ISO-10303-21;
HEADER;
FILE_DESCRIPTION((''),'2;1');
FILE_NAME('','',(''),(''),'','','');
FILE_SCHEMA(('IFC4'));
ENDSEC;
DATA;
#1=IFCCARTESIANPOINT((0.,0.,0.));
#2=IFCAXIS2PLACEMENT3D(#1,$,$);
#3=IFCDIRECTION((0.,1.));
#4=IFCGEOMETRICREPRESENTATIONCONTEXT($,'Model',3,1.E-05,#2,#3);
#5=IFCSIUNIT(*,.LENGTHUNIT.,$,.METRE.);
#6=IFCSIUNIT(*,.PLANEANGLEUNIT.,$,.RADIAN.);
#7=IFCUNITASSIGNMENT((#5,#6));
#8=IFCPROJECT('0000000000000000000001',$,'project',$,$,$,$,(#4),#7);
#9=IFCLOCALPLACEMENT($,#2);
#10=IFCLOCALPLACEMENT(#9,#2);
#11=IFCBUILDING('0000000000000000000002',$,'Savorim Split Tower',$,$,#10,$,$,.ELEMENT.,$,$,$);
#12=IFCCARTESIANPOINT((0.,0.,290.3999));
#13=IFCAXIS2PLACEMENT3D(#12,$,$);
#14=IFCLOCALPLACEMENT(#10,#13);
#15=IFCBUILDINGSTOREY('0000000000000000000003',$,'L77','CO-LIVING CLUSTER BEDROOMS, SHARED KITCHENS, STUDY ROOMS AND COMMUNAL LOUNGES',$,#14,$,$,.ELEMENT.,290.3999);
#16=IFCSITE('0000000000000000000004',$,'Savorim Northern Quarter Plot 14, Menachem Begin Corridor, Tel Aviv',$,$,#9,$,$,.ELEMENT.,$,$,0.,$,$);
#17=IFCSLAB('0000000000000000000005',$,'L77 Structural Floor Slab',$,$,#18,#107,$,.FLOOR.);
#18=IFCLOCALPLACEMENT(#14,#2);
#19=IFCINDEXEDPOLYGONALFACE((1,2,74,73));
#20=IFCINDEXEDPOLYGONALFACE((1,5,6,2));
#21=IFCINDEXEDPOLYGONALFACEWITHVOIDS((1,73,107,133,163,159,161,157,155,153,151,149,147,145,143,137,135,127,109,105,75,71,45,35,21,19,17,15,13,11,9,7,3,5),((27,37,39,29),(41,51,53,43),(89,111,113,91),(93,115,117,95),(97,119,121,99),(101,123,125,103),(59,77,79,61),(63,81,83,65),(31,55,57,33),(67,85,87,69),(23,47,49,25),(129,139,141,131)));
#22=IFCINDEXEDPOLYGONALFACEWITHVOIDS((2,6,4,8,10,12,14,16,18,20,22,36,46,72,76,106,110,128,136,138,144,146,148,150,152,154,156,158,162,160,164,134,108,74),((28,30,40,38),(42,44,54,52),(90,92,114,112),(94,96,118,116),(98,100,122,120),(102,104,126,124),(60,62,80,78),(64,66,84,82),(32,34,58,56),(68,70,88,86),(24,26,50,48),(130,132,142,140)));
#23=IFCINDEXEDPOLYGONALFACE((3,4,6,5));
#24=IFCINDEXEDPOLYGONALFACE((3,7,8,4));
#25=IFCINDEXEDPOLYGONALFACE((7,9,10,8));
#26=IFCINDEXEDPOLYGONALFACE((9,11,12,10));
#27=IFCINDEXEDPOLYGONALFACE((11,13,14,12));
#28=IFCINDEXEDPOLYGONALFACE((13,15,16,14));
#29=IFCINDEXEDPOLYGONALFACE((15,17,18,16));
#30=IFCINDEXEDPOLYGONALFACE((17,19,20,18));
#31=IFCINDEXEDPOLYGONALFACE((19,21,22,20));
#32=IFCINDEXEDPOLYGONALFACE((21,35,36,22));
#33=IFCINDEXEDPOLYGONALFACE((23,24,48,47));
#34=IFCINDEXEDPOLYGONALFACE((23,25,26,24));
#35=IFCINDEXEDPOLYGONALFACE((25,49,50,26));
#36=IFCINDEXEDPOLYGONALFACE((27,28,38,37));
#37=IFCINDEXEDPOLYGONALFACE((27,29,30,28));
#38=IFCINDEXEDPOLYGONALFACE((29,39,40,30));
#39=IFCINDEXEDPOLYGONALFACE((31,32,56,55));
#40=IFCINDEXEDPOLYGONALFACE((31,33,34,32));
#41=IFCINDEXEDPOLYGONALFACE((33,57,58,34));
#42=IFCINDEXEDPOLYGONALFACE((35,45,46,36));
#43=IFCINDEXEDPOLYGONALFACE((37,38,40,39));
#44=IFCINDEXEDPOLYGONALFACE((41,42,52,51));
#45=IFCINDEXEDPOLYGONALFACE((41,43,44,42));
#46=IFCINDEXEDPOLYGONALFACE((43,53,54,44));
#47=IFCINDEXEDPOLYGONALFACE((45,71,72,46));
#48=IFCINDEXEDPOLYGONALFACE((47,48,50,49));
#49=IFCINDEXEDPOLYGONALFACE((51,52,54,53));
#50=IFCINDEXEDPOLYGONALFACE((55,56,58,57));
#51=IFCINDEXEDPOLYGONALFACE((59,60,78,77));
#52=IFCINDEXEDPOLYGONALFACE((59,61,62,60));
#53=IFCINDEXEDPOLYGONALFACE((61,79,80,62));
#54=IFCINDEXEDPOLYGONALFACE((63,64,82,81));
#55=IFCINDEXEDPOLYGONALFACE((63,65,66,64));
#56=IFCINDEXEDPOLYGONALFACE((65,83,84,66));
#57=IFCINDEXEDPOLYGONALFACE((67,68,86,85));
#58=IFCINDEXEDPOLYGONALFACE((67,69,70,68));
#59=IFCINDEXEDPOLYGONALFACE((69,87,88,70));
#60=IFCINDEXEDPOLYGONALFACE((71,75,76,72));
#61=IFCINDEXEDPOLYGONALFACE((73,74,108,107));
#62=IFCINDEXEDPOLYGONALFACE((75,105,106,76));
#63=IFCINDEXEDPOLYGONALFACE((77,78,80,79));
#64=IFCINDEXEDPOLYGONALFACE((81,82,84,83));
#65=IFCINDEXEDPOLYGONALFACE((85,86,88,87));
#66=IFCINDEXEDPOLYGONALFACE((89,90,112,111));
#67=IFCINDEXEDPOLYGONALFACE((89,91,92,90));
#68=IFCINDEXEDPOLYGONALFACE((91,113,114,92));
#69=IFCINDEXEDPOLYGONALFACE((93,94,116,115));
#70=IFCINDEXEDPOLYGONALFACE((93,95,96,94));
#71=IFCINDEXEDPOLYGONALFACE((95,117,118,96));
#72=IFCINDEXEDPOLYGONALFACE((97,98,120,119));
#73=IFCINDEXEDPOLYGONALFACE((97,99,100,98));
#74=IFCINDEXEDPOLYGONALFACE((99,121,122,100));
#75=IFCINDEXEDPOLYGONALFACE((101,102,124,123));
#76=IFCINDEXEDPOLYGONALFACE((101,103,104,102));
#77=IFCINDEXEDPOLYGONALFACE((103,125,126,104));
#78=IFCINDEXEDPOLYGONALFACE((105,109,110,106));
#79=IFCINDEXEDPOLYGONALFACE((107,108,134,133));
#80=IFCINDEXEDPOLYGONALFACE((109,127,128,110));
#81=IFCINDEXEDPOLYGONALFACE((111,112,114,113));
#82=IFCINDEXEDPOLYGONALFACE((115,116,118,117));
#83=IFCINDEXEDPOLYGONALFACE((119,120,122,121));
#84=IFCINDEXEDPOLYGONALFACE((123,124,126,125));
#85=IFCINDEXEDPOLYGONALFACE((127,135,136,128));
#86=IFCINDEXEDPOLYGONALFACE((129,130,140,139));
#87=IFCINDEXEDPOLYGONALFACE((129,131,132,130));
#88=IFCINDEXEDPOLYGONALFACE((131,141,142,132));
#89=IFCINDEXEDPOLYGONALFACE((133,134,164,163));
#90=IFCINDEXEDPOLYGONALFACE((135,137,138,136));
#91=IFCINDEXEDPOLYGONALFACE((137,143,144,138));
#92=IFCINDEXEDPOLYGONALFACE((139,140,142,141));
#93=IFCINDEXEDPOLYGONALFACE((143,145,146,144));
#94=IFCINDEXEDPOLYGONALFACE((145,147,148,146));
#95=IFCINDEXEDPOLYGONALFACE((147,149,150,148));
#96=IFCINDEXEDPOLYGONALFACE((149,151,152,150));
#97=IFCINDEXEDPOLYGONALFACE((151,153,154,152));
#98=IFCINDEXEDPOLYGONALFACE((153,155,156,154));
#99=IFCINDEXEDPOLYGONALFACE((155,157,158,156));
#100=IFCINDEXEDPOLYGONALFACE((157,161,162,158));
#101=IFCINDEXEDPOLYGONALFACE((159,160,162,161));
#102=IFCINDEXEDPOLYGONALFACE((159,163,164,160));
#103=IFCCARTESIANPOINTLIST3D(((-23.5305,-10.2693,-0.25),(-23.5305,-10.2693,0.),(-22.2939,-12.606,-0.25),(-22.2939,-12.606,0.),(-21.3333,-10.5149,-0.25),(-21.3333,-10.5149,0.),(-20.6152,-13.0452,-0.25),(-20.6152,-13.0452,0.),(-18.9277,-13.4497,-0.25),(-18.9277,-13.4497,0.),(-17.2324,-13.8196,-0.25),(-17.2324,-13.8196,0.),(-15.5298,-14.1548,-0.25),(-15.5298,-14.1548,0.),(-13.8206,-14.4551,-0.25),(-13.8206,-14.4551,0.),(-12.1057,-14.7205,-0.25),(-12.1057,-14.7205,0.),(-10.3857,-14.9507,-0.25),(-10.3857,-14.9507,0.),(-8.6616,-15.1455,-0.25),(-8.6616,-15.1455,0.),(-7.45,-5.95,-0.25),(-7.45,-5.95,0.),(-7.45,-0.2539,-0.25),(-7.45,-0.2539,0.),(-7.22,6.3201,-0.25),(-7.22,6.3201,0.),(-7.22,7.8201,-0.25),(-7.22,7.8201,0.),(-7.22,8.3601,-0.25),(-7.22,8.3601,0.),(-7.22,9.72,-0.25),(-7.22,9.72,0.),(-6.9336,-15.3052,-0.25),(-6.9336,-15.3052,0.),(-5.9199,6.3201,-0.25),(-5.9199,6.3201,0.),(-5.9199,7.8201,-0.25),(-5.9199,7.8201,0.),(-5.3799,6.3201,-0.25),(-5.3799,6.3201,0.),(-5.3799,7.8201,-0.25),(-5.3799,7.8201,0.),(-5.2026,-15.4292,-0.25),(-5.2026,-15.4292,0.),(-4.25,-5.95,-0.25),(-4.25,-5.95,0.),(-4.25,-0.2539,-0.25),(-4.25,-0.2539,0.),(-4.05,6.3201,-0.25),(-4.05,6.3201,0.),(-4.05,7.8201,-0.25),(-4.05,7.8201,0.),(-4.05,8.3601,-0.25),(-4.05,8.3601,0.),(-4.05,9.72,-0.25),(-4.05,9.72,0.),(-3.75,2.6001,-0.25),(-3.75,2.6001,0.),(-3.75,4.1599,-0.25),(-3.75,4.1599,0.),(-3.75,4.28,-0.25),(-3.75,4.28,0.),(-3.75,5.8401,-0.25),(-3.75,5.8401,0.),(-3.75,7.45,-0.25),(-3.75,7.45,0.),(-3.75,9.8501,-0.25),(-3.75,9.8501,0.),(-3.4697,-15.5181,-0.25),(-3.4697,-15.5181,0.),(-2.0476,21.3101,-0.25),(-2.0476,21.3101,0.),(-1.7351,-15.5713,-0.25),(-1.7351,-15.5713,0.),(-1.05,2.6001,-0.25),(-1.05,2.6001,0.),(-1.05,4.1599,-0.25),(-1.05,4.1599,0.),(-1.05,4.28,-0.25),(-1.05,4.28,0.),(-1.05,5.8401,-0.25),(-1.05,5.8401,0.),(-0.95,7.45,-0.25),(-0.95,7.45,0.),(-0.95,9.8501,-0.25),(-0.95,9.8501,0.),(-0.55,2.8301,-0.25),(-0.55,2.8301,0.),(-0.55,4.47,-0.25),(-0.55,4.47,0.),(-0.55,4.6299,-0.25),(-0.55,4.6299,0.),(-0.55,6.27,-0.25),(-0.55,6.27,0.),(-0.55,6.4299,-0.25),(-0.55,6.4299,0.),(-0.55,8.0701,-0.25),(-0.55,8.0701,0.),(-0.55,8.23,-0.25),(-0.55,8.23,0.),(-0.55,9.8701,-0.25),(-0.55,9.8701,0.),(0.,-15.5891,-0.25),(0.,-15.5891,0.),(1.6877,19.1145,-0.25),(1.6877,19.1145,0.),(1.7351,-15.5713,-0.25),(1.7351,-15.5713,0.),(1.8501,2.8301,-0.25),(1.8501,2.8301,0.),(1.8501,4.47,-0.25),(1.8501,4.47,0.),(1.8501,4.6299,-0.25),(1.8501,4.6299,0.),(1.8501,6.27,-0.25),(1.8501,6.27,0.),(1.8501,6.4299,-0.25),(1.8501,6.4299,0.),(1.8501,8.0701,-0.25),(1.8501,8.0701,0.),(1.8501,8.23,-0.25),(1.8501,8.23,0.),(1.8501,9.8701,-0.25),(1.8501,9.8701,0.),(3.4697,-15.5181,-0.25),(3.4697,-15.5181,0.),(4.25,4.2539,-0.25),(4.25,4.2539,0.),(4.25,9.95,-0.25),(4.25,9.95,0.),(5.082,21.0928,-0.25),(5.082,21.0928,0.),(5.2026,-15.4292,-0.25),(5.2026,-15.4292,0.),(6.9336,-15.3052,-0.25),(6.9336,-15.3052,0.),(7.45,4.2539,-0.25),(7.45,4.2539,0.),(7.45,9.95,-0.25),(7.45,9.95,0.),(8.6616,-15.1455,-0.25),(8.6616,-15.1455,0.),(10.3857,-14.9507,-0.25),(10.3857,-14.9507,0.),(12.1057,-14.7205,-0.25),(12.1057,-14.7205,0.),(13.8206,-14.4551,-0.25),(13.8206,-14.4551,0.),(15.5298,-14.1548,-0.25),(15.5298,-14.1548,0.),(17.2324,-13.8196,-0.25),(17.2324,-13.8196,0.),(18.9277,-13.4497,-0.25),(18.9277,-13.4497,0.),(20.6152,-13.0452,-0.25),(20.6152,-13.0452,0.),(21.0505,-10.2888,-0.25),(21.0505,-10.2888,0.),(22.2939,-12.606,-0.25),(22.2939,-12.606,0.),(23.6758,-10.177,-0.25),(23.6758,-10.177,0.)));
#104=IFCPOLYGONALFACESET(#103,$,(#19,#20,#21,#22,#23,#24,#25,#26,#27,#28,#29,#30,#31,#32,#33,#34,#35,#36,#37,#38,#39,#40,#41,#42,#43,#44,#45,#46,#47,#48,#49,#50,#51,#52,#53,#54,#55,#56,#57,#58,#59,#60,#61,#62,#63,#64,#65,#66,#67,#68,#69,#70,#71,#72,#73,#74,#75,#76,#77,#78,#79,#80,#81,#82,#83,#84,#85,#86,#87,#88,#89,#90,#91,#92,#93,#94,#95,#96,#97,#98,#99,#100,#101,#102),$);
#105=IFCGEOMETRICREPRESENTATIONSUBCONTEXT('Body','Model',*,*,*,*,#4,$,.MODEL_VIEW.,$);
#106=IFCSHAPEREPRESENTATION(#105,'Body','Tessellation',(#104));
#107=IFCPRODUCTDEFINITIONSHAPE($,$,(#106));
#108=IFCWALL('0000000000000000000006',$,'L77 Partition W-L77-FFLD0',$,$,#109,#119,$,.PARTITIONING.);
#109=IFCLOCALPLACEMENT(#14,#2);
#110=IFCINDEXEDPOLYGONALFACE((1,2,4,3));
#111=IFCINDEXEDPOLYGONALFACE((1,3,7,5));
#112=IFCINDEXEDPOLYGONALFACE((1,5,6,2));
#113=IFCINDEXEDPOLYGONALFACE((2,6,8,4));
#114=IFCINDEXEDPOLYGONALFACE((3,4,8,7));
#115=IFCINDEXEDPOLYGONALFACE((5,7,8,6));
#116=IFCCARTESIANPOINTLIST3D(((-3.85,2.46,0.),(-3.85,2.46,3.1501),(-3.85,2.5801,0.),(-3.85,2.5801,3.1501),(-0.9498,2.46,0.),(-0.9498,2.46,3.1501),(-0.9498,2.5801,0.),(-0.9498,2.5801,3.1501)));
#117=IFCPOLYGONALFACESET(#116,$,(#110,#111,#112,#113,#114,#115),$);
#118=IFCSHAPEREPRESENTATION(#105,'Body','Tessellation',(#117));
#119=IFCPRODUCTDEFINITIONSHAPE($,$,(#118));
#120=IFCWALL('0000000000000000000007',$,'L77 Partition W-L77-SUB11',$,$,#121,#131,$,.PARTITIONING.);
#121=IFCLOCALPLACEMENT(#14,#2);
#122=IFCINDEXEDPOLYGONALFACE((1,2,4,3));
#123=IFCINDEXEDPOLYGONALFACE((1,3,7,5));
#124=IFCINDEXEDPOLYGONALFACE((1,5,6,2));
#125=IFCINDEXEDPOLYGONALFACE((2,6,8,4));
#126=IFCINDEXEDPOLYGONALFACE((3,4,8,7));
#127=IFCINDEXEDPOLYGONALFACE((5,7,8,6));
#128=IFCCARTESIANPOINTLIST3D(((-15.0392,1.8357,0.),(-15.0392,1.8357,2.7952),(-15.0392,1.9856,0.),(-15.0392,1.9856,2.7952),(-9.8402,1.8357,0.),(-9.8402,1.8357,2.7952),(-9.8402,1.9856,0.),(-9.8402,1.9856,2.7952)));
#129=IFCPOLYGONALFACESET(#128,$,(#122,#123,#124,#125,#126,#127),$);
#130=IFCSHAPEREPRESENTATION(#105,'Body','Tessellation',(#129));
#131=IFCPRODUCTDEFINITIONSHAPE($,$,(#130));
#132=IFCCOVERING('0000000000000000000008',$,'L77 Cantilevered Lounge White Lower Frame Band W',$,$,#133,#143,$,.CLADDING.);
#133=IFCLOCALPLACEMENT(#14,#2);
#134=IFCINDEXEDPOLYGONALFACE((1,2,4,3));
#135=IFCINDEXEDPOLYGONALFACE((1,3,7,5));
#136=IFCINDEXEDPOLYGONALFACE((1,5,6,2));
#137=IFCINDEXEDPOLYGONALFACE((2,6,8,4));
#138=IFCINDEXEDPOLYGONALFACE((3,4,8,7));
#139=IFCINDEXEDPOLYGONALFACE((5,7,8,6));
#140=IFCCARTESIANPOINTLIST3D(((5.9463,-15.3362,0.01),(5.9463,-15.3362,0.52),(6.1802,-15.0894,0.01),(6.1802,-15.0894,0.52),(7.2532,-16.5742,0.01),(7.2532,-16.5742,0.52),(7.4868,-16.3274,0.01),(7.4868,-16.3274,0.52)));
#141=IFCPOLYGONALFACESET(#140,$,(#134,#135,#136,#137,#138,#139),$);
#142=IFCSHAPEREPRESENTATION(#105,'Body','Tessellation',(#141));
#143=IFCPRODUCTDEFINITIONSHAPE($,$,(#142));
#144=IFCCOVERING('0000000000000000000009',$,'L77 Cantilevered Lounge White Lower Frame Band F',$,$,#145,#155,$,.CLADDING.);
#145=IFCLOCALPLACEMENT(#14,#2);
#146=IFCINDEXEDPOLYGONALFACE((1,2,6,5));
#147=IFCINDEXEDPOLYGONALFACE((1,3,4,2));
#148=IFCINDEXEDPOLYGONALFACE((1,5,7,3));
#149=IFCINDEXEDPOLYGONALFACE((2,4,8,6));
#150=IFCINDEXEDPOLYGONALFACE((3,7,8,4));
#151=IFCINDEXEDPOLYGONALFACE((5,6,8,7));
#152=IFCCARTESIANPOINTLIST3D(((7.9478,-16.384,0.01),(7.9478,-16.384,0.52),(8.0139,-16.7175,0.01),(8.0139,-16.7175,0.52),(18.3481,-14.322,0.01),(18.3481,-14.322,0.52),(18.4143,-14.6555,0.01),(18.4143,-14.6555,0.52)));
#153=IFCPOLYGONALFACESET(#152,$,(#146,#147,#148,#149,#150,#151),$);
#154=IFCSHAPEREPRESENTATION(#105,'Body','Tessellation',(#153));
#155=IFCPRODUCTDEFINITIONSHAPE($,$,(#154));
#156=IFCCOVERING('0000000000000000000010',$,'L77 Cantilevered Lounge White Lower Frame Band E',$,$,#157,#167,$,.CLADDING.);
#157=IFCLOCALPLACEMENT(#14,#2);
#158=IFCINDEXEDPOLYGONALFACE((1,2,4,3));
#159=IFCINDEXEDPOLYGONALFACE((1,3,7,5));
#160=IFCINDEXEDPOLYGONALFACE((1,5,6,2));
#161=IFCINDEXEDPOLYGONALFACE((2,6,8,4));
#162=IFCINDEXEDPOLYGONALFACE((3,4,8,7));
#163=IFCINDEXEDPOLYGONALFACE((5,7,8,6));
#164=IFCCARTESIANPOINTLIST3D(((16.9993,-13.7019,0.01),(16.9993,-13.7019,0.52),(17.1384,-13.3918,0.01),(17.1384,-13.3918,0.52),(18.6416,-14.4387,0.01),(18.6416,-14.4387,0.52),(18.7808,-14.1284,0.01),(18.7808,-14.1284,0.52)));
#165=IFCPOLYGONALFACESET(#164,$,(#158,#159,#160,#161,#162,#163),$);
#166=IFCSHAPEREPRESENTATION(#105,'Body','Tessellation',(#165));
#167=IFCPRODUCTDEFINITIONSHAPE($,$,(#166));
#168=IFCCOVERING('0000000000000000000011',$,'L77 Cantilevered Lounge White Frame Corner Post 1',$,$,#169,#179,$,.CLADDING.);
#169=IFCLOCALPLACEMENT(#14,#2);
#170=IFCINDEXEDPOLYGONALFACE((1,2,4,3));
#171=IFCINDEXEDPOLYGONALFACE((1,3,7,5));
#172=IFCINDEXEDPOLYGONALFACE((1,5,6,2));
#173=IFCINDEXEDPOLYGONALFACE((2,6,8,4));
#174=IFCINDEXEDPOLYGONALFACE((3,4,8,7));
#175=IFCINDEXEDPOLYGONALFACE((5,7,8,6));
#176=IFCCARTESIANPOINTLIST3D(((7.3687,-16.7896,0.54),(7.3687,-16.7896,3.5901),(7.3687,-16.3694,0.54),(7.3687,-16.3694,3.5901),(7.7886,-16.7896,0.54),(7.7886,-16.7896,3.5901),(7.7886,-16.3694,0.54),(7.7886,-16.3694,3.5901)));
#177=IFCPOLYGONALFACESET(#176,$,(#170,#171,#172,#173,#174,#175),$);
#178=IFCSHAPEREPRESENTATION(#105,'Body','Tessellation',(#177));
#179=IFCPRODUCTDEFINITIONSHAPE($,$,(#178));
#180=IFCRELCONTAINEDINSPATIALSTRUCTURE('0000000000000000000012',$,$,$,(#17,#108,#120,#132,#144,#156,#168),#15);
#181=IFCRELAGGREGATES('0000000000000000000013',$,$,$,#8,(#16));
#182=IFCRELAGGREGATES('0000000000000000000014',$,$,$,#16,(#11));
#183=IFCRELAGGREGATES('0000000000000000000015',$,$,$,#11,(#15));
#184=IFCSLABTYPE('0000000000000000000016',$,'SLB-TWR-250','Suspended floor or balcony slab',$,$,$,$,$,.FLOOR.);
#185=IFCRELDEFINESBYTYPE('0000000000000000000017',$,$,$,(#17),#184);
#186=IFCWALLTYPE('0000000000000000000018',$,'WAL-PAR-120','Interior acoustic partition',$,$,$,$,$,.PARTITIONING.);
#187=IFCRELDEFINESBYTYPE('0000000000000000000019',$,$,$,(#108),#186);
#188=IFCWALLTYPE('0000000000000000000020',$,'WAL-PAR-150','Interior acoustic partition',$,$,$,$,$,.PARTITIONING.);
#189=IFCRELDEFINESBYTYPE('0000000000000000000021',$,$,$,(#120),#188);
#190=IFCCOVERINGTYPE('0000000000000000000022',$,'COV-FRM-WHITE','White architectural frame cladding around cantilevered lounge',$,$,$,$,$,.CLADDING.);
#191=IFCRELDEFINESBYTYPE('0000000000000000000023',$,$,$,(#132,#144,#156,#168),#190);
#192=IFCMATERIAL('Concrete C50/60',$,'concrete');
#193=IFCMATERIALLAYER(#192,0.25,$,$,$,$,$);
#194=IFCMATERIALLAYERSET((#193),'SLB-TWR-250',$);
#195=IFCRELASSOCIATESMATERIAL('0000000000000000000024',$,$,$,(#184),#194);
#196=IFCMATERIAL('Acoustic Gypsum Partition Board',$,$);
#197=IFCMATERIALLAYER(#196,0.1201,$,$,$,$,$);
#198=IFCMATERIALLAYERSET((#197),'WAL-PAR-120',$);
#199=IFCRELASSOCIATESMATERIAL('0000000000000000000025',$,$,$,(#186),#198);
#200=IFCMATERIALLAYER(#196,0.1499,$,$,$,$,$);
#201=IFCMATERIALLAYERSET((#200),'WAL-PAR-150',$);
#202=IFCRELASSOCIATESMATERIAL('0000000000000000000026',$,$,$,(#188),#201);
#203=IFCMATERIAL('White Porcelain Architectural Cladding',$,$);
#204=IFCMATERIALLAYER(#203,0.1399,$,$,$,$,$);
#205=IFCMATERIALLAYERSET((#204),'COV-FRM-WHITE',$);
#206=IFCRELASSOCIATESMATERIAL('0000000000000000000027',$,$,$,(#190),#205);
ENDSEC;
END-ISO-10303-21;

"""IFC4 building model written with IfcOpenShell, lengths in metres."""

from ifc_helpers import new_model, si_unit, direction, frame, frame_2d, origin, place, context, subcontext, project, spatial, polyline, rectangle, outline, extrude, material, layer, layer_set, type_object, element, save


model = new_model("IFC4")

# Units and contexts
model_context = context("Model", 3, precision=1e-05, world=origin(), true_north=direction((0.0, 1.0)))
body_context = subcontext(model_context, "Body", "Model", "MODEL_VIEW")
ifc_project = project(units=[si_unit("LENGTHUNIT", "METRE"), si_unit("PLANEANGLEUNIT", "RADIAN")], contexts=[model_context])

# Site, building, storey
site_placement = place(None, origin())
site = spatial("IfcSite", under=ifc_project, at=site_placement, Name="Savorim Northern Quarter Plot 14, Menachem Begin Corridor, Tel Aviv", CompositionType="ELEMENT", RefElevation=0.0)
building_placement = place(site_placement, origin())
building = spatial("IfcBuilding", under=site, at=building_placement, Name="Savorim Split Tower", CompositionType="ELEMENT")
storey_placement = place(building_placement, frame((0.0, 0.0, 290.3999)))
storey = spatial("IfcBuildingStorey", under=building, at=storey_placement, Name="L77", Description="CO-LIVING CLUSTER BEDROOMS, SHARED KITCHENS, STUDY ROOMS AND COMMUNAL LOUNGES", CompositionType="ELEMENT", Elevation=290.3999)

# Shared definitions
ifc_material_1 = material(Name="Concrete C50/60", Category="concrete")

# Slab
ifc_layer_1 = layer(ifc_material_1, 0.25)
ifc_layer_set_1 = layer_set([ifc_layer_1], Name="SLB-TWR-250")
slab_type_1 = type_object("IfcSlabType", Name="SLB-TWR-250", Description="Suspended floor or balcony slab", PredefinedType="FLOOR", material=ifc_layer_set_1)
slab_1_placement = place(storey_placement, frame((0.0, 0.0, -0.25)))
element("IfcSlab", 1, at=slab_1_placement, inside=storey, type_object=slab_type_1, Name="L77 Structural Floor Slab", PredefinedType="FLOOR", context=body_context, shape_type="SweptSolid", body=[
    extrude(outline(polyline([(-22.2939, -12.606), (-20.6152, -13.0452), (-18.9277, -13.4497), (-17.2324, -13.8196), (-15.5298, -14.1548), (-13.8206, -14.4551), (-12.1057, -14.7205), (-10.3857, -14.9507), (-8.6616, -15.1455), (-6.9336, -15.3052), (-5.2026, -15.4292), (-3.4697, -15.5181), (-1.7351, -15.5713), (0.0, -15.5891), (1.7351, -15.5713), (3.4697, -15.5181), (5.2026, -15.4292), (6.9336, -15.3052), (8.6616, -15.1455), (10.3857, -14.9507), (12.1057, -14.7205), (13.8206, -14.4551), (15.5298, -14.1548), (17.2324, -13.8196), (18.9277, -13.4497), (20.6152, -13.0452), (22.2939, -12.606), (21.0505, -10.2888), (23.6758, -10.177), (5.082, 21.0928), (1.6877, 19.1145), (-2.0476, 21.3101), (-23.5305, -10.2693), (-21.3333, -10.5149), (-22.2939, -12.606)]), holes=[polyline([(-7.45, -0.2539), (-7.45, -5.95), (-4.25, -5.95), (-4.25, -0.2539), (-7.45, -0.2539)]), polyline([(7.45, 4.2539), (7.45, 9.95), (4.25, 9.95), (4.25, 4.2539), (7.45, 4.2539)]), polyline([(-0.55, 2.8301), (1.8501, 2.8301), (1.8501, 4.47), (-0.55, 4.47), (-0.55, 2.8301)]), polyline([(-0.55, 4.6299), (1.8501, 4.6299), (1.8501, 6.27), (-0.55, 6.27), (-0.55, 4.6299)]), polyline([(-0.55, 6.4299), (1.8501, 6.4299), (1.8501, 8.0701), (-0.55, 8.0701), (-0.55, 6.4299)]), polyline([(-0.55, 8.23), (1.8501, 8.23), (1.8501, 9.8701), (-0.55, 9.8701), (-0.55, 8.23)]), polyline([(-3.75, 2.6001), (-1.05, 2.6001), (-1.05, 4.1599), (-3.75, 4.1599), (-3.75, 2.6001)]), polyline([(-3.75, 4.28), (-1.05, 4.28), (-1.05, 5.8401), (-3.75, 5.8401), (-3.75, 4.28)]), polyline([(-3.75, 7.45), (-0.95, 7.45), (-0.95, 9.8501), (-3.75, 9.8501), (-3.75, 7.45)]), polyline([(-7.22, 6.3201), (-5.9199, 6.3201), (-5.9199, 7.8201), (-7.22, 7.8201), (-7.22, 6.3201)]), polyline([(-5.3799, 6.3201), (-4.05, 6.3201), (-4.05, 7.8201), (-5.3799, 7.8201), (-5.3799, 6.3201)]), polyline([(-7.22, 8.3601), (-4.05, 8.3601), (-4.05, 9.72), (-7.22, 9.72), (-7.22, 8.3601)])]), origin(), (0.0, 0.0, 1.0), 0.25),
])

# Walls
ifc_material_2 = material(Name="Acoustic Gypsum Partition Board")
ifc_layer_2 = layer(ifc_material_2, 0.1201)
ifc_layer_set_2 = layer_set([ifc_layer_2], Name="WAL-PAR-120")
wall_type_1 = type_object("IfcWallType", Name="WAL-PAR-120", Description="Interior acoustic partition", PredefinedType="PARTITIONING", material=ifc_layer_set_2)
wall_1_placement = place(storey_placement, frame((-3.8501, 2.52, 0.0), z_axis=(0.0, 0.0, 1.0), x_axis=(1.0, 0.0, 0.0)))
element("IfcWall", 2, at=wall_1_placement, inside=storey, type_object=wall_type_1, Name="L77 Partition W-L77-FFLD0", PredefinedType="PARTITIONING", context=body_context, shape_type="SweptSolid", body=[
    extrude(rectangle(XDim=2.9001, YDim=0.1201, at=frame_2d((1.4502, 0.0))), origin(), (0.0, 0.0, 1.0), 3.1501),
])
ifc_layer_3 = layer(ifc_material_2, 0.1499)
ifc_layer_set_3 = layer_set([ifc_layer_3], Name="WAL-PAR-150")
wall_type_2 = type_object("IfcWallType", Name="WAL-PAR-150", Description="Interior acoustic partition", PredefinedType="PARTITIONING", material=ifc_layer_set_3)
wall_2_placement = place(storey_placement, frame((-9.8401, 1.9106, 0.0), z_axis=(0.0, 0.0, 1.0), x_axis=(-1.0, 0.0, 0.0)))
element("IfcWall", 3, at=wall_2_placement, inside=storey, type_object=wall_type_2, Name="L77 Partition W-L77-SUB11", PredefinedType="PARTITIONING", context=body_context, shape_type="SweptSolid", body=[
    extrude(rectangle(XDim=5.199, YDim=0.1499, at=frame_2d((2.5996, 0.0))), origin(), (0.0, 0.0, 1.0), 2.7952),
])

# Coverings
ifc_material_3 = material(Name="White Porcelain Architectural Cladding")
ifc_layer_4 = layer(ifc_material_3, 0.1399)
ifc_layer_set_4 = layer_set([ifc_layer_4], Name="COV-FRM-WHITE")
covering_type = type_object("IfcCoveringType", Name="COV-FRM-WHITE", Description="White architectural frame cladding around cantilevered lounge", PredefinedType="CLADDING", material=ifc_layer_set_4)
covering_1_placement = place(storey_placement, frame((0.0, 0.0, 0.01)))
element("IfcCovering", 4, at=covering_1_placement, inside=storey, type_object=covering_type, Name="L77 Cantilevered Lounge White Lower Frame Band W", PredefinedType="CLADDING", context=body_context, shape_type="SweptSolid", body=[
    extrude(outline(polyline([(5.9463, -15.3362), (7.2532, -16.5742), (7.4868, -16.3274), (6.1802, -15.0894), (5.9463, -15.3362)])), origin(), (0.0, 0.0, 1.0), 0.51),
])
covering_2_placement = place(storey_placement, frame((0.0, 0.0, 0.01)))
element("IfcCovering", 5, at=covering_2_placement, inside=storey, type_object=covering_type, Name="L77 Cantilevered Lounge White Lower Frame Band F", PredefinedType="CLADDING", context=body_context, shape_type="SweptSolid", body=[
    extrude(outline(polyline([(8.0139, -16.7175), (18.4143, -14.6555), (18.3481, -14.322), (7.9478, -16.384), (8.0139, -16.7175)])), origin(), (0.0, 0.0, 1.0), 0.51),
])
covering_3_placement = place(storey_placement, frame((0.0, 0.0, 0.01)))
element("IfcCovering", 6, at=covering_3_placement, inside=storey, type_object=covering_type, Name="L77 Cantilevered Lounge White Lower Frame Band E", PredefinedType="CLADDING", context=body_context, shape_type="SweptSolid", body=[
    extrude(outline(polyline([(18.7808, -14.1284), (17.1384, -13.3918), (16.9993, -13.7019), (18.6416, -14.4387), (18.7808, -14.1284)])), origin(), (0.0, 0.0, 1.0), 0.51),
])
covering_4_placement = place(storey_placement, frame((0.0, 0.0, 0.54)))
element("IfcCovering", 7, at=covering_4_placement, inside=storey, type_object=covering_type, Name="L77 Cantilevered Lounge White Frame Corner Post 1", PredefinedType="CLADDING", context=body_context, shape_type="SweptSolid", body=[
    extrude(outline(polyline([(7.3687, -16.7896), (7.7886, -16.7896), (7.7886, -16.3694), (7.3687, -16.3694), (7.3687, -16.7896)])), origin(), (0.0, 0.0, 1.0), 3.05),
])

save(model, "model.ifc")
